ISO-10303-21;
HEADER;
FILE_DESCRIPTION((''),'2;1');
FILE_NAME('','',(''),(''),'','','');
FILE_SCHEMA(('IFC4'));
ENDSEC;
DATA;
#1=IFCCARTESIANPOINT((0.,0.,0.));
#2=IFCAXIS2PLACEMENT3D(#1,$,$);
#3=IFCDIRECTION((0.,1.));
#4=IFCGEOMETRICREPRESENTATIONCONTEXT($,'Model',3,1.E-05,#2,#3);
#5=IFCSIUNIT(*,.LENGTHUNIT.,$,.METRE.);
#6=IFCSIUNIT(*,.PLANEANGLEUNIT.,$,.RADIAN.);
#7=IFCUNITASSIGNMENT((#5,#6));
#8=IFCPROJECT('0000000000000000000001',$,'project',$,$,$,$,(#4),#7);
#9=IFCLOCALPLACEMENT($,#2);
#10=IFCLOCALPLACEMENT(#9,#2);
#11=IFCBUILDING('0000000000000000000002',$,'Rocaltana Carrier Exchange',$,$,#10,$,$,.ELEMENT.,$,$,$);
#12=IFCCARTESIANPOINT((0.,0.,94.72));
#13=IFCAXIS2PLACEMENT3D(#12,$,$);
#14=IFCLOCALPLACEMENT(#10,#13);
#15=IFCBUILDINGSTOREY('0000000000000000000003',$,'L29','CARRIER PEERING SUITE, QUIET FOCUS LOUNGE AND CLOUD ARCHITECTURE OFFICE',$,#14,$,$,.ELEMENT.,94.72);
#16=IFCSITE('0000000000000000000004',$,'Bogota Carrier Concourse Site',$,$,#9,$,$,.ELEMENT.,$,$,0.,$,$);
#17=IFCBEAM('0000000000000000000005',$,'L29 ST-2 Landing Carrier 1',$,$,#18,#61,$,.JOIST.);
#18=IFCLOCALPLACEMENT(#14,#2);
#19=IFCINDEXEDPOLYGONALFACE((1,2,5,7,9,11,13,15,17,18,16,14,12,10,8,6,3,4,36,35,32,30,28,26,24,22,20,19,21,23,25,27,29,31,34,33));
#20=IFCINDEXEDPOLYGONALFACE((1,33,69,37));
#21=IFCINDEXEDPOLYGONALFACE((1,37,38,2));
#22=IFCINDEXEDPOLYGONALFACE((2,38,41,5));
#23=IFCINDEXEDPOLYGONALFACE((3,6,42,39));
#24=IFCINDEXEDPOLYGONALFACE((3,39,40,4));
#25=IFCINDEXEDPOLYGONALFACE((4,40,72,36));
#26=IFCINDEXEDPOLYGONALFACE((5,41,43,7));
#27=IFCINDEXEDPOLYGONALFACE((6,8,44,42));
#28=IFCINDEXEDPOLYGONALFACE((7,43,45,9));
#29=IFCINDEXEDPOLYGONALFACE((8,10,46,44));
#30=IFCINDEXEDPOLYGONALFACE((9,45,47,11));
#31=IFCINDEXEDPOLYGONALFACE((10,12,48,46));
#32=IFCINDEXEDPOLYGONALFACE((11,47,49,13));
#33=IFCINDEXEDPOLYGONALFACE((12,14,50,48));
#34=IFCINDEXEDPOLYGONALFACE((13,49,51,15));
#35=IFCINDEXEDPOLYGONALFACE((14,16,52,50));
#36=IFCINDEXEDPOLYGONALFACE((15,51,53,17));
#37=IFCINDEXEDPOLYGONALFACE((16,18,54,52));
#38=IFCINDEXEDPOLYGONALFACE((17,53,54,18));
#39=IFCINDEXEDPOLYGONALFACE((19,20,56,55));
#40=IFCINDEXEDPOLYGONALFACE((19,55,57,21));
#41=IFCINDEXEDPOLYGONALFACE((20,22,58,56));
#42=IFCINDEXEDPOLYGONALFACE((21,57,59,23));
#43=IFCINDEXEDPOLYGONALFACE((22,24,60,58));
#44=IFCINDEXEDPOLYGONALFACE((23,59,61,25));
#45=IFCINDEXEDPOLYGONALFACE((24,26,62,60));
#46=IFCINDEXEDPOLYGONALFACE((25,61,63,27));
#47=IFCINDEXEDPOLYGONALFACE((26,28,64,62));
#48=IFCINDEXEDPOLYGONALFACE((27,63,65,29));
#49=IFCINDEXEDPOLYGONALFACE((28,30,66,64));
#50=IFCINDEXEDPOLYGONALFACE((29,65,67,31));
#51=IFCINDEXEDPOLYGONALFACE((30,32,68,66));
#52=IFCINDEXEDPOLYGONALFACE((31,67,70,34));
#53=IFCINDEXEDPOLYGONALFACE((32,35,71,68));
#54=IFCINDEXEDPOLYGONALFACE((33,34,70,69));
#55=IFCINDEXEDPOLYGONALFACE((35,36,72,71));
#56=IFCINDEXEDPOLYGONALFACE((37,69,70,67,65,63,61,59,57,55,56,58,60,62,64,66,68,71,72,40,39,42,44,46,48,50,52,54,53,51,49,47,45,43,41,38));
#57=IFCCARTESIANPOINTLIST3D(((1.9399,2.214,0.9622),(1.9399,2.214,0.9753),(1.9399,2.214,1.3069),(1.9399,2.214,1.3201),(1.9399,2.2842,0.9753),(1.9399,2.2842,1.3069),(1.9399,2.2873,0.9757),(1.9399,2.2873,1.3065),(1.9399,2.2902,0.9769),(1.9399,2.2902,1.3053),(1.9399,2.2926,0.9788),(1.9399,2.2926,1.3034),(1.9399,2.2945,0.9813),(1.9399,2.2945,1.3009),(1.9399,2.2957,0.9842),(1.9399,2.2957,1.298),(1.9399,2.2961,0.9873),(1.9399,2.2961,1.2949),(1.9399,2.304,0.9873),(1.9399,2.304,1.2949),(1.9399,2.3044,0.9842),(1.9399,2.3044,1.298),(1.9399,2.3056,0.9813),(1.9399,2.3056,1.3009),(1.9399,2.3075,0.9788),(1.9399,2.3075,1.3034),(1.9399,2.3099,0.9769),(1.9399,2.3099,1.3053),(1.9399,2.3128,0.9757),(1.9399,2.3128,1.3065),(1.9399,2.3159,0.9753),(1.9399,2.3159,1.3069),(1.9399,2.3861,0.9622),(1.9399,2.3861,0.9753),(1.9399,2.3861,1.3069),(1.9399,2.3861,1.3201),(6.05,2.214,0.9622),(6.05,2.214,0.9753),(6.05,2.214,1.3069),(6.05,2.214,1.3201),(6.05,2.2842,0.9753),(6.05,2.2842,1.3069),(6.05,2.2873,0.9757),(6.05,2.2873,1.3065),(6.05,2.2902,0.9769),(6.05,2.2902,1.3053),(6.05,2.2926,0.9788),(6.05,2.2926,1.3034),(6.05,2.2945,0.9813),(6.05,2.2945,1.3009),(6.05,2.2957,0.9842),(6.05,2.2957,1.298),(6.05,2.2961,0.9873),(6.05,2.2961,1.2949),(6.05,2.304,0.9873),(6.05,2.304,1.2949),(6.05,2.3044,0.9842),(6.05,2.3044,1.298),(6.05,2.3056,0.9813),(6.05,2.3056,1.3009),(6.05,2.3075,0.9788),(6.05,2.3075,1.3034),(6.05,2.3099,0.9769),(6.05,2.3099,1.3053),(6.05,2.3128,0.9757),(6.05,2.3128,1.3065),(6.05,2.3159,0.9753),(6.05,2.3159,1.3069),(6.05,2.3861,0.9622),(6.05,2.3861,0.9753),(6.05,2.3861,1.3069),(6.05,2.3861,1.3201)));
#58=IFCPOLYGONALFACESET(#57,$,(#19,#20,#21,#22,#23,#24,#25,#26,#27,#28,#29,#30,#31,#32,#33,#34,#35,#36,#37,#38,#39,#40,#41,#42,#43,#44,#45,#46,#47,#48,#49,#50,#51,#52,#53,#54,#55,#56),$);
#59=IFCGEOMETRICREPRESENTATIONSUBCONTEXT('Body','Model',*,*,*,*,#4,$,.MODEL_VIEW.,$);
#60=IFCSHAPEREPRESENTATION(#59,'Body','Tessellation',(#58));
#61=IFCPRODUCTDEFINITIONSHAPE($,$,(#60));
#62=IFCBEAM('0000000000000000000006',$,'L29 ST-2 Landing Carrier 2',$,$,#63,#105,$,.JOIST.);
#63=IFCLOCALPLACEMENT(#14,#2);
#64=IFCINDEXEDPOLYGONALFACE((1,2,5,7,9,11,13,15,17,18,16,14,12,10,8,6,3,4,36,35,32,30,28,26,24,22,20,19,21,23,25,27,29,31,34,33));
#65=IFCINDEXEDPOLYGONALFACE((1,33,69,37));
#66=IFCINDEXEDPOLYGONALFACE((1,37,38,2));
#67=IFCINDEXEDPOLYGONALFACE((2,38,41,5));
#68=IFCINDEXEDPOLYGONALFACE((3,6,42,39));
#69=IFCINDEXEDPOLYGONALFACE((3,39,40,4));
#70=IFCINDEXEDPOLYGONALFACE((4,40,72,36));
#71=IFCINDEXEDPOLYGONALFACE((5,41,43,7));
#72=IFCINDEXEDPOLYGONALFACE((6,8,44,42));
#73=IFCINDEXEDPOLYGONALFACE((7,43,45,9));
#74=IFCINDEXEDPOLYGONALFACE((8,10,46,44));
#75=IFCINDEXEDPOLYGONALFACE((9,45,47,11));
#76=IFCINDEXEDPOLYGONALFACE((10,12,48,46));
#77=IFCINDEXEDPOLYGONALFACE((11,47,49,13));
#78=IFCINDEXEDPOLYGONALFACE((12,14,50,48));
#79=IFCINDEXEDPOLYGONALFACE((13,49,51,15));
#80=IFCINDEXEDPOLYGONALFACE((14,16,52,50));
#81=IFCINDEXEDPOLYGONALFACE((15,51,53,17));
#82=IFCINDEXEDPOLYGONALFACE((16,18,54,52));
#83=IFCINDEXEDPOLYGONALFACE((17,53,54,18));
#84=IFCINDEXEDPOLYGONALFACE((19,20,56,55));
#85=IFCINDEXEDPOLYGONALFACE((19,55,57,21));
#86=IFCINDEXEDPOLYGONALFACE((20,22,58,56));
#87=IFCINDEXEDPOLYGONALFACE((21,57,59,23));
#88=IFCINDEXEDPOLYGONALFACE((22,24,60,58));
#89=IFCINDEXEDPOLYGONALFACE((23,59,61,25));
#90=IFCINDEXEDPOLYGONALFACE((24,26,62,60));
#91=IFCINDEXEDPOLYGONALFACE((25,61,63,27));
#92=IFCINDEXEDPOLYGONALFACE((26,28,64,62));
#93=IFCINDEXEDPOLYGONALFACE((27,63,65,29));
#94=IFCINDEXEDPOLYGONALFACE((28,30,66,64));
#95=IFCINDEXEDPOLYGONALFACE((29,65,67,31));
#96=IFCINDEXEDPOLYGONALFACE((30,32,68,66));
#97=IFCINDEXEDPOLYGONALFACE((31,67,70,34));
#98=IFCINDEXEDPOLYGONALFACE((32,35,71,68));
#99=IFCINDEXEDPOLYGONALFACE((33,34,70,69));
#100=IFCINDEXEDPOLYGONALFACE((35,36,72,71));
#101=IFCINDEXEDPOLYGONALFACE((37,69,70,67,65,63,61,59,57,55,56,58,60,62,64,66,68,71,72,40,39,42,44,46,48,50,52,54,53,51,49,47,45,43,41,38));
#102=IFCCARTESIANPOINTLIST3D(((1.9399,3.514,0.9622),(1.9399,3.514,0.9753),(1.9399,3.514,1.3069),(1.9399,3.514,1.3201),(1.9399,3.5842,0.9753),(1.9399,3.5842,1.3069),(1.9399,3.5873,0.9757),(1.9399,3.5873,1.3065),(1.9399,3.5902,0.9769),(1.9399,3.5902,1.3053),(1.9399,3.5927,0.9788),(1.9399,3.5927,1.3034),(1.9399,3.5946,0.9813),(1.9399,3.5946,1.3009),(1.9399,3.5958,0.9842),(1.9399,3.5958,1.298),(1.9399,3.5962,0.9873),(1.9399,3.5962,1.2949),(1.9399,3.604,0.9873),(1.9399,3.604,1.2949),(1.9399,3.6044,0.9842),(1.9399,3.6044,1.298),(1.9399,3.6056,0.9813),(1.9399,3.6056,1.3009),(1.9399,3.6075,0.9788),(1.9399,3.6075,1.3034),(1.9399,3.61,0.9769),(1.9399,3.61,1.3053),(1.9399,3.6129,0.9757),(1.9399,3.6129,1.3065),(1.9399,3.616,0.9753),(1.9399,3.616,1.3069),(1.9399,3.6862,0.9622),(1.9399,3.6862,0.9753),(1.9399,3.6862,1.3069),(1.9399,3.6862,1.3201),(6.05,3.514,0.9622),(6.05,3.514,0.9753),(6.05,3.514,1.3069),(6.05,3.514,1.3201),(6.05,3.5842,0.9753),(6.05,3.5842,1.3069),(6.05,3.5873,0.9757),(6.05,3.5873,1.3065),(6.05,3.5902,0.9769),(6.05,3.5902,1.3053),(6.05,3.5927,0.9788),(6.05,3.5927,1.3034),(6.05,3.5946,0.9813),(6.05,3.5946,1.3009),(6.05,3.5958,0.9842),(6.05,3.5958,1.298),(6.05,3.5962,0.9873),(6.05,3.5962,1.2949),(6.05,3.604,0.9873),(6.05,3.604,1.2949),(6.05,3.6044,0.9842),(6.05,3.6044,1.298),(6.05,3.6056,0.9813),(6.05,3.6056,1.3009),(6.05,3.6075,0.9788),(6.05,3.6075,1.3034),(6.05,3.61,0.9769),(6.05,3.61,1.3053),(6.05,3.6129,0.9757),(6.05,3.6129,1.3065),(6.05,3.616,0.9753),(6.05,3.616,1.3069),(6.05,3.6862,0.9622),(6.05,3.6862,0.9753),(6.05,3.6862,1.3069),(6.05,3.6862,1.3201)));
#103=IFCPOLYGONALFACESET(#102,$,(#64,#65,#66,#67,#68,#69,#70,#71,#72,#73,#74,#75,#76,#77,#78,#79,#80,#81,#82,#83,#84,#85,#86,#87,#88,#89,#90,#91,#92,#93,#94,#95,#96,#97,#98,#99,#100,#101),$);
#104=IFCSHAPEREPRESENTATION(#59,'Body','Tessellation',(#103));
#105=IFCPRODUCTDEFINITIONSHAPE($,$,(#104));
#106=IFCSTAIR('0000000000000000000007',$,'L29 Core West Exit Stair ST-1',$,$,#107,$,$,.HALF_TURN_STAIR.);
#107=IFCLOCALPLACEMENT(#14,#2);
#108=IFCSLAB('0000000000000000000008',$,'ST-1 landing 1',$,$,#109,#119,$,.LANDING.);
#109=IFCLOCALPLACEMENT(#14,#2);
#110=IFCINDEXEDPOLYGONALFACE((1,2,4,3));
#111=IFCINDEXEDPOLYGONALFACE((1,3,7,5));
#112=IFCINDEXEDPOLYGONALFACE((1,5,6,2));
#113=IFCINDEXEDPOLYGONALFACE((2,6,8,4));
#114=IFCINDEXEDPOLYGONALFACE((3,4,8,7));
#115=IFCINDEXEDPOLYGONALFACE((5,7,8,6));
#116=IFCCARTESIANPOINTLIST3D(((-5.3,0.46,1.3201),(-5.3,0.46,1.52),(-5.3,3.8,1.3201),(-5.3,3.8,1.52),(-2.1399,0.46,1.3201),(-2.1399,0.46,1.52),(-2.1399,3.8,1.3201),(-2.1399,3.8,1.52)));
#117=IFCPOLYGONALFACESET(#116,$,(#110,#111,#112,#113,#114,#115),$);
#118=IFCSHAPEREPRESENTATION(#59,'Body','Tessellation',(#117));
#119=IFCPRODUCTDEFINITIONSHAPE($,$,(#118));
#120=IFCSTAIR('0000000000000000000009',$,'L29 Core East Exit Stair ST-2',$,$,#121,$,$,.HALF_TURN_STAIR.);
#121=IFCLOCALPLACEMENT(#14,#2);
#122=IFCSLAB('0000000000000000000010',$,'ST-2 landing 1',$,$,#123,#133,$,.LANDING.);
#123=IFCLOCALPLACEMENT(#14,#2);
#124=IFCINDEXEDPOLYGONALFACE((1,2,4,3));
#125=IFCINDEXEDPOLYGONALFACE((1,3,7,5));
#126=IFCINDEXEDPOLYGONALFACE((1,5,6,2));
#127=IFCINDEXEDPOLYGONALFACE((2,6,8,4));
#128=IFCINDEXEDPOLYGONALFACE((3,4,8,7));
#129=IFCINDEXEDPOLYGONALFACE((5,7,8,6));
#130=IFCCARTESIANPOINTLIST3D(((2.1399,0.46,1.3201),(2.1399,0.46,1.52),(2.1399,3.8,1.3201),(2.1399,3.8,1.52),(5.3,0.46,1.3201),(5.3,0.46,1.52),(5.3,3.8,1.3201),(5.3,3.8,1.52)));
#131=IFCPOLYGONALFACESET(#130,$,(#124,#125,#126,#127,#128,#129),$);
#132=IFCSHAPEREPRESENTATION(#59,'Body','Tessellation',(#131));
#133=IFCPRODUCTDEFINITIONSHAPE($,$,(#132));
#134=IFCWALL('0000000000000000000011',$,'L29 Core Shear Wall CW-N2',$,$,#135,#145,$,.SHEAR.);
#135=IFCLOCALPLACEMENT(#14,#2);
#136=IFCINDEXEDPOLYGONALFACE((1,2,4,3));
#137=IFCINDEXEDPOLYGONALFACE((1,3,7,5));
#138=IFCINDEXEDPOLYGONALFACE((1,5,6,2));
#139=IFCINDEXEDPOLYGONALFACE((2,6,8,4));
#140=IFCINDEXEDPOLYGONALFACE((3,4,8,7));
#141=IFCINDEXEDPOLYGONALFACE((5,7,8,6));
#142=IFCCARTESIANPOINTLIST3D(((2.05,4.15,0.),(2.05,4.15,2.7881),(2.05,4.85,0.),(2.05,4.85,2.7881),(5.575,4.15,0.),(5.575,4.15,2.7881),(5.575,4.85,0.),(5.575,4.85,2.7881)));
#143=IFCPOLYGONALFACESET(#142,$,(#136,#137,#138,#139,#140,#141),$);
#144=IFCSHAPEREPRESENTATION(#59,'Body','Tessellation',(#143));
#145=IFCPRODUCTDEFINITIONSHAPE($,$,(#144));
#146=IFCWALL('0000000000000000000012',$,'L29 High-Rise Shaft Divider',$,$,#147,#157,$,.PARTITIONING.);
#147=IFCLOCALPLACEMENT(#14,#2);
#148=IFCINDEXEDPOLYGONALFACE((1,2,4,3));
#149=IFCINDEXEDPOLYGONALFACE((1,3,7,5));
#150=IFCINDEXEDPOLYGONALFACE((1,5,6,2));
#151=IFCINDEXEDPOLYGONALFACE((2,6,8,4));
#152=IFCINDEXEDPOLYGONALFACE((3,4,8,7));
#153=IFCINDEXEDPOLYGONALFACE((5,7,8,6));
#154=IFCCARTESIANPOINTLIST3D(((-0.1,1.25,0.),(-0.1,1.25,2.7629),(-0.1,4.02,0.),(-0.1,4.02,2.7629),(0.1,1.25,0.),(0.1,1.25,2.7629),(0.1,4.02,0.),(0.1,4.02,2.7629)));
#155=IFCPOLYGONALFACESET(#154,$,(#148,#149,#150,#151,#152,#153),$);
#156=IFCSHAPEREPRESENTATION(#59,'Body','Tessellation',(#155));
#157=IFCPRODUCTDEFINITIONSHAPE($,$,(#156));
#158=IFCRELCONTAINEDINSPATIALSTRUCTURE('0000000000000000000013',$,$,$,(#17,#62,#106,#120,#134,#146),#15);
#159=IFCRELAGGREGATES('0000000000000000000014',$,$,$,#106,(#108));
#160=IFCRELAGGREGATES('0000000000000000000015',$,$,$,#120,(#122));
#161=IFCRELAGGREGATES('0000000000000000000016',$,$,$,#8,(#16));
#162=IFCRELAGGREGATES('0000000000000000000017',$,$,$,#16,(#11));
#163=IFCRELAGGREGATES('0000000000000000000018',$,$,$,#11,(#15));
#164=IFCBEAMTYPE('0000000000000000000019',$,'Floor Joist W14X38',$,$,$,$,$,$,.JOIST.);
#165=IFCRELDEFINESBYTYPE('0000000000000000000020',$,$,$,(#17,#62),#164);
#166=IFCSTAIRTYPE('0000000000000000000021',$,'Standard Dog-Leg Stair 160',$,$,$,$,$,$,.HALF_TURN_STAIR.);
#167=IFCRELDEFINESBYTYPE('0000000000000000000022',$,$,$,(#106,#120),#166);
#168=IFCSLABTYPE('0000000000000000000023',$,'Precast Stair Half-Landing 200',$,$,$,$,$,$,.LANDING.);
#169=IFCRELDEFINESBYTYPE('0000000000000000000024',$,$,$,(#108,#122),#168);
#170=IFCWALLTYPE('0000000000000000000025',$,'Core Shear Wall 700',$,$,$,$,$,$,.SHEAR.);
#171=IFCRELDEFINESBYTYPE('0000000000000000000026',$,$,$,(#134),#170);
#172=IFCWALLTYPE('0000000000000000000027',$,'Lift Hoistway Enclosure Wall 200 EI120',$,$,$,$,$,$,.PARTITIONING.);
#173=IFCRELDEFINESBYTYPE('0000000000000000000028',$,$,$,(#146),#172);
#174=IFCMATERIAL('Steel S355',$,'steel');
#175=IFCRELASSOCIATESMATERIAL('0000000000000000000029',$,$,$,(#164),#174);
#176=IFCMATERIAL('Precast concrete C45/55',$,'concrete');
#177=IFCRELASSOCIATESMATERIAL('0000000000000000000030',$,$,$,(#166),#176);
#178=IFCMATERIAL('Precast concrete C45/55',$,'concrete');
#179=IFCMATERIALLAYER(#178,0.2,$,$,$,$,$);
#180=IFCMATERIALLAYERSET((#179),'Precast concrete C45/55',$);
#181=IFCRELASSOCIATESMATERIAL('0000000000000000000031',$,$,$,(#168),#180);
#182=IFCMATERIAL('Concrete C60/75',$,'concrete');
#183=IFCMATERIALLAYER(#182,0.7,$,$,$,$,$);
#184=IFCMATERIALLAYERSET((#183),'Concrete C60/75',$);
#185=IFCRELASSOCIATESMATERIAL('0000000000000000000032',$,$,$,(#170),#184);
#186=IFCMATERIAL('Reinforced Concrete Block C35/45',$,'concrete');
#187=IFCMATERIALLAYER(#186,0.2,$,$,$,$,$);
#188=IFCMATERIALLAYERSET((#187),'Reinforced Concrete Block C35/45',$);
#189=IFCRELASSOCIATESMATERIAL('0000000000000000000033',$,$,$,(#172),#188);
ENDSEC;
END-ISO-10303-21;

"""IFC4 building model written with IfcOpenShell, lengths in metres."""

from ifc_helpers import new_model, si_unit, direction, frame, frame_2d, origin, origin_2d, place, context, subcontext, project, spatial, polyline, rectangle, i_section, outline, extrude, material, layer, layer_set, material_profile, profile_set, type_object, element, aggregate, save


model = new_model("IFC4")

# Units and contexts
model_context = context("Model", 3, precision=1e-05, world=origin(), true_north=direction((0.0, 1.0)))
body_context = subcontext(model_context, "Body", "Model", "MODEL_VIEW")
ifc_project = project(units=[si_unit("LENGTHUNIT", "METRE"), si_unit("PLANEANGLEUNIT", "RADIAN")], contexts=[model_context])

# Site, building, storey
site_placement = place(None, origin())
site = spatial("IfcSite", under=ifc_project, at=site_placement, Name="Bogota Carrier Concourse Site", CompositionType="ELEMENT", RefElevation=0.0)
building_placement = place(site_placement, origin())
building = spatial("IfcBuilding", under=site, at=building_placement, Name="Rocaltana Carrier Exchange", CompositionType="ELEMENT")
storey_placement = place(building_placement, frame((0.0, 0.0, 94.72)))
storey = spatial("IfcBuildingStorey", under=building, at=storey_placement, Name="L29", Description="CARRIER PEERING SUITE, QUIET FOCUS LOUNGE AND CLOUD ARCHITECTURE OFFICE", CompositionType="ELEMENT", Elevation=94.72)

# Beams
ifc_material_1 = material(Name="Steel S355", Category="steel")
ifc_material_profile = material_profile(ifc_material_1, i_section(OverallWidth=0.1721, OverallDepth=0.3579, WebThickness=0.0078, FlangeThickness=0.0132, FilletRadius=0.012, at=origin_2d()), Name="W14X38")
ifc_profile_set = profile_set([ifc_material_profile], Name="Steel S355")
beam_type = type_object("IfcBeamType", Name="Floor Joist W14X38", PredefinedType="JOIST", material=ifc_profile_set)
for number, where, z_axis, x_axis, name in (
    (1, (1.9399, 2.3, 1.1411), (1.0, 0.0, 0.0), (0.0, 1.0, 0.0), "L29 ST-2 Landing Carrier 1"),
    (2, (1.9399, 3.6001, 1.1411), (1.0, 0.0, 0.0), (0.0, 1.0, 0.0), "L29 ST-2 Landing Carrier 2"),
):
    element("IfcBeam", number, at=place(storey_placement, frame(where, z_axis=z_axis, x_axis=x_axis)), inside=storey, type_object=beam_type, Name=name, PredefinedType="JOIST", context=body_context, shape_type="SweptSolid", body=[
        extrude(i_section(OverallWidth=0.1721, OverallDepth=0.3579, WebThickness=0.0078, FlangeThickness=0.0132, FilletRadius=0.012, at=origin_2d()), origin(), (0.0, 0.0, 1.0), 4.1101),
    ])

# Stairs, slabs
ifc_material_2 = material(Name="Precast concrete C45/55", Category="concrete")
stair_type = type_object("IfcStairType", Name="Standard Dog-Leg Stair 160", PredefinedType="HALF_TURN_STAIR", material=ifc_material_2)
stair_1_placement = place(storey_placement, origin())
stair_1 = element("IfcStair", 3, at=stair_1_placement, inside=storey, type_object=stair_type, Name="L29 Core West Exit Stair ST-1", PredefinedType="HALF_TURN_STAIR")
ifc_material_3 = material(Name="Precast concrete C45/55", Category="concrete")
ifc_layer_1 = layer(ifc_material_3, 0.2)
ifc_layer_set_1 = layer_set([ifc_layer_1], Name="Precast concrete C45/55")
slab_type = type_object("IfcSlabType", Name="Precast Stair Half-Landing 200", PredefinedType="LANDING", material=ifc_layer_set_1)
slab_1_placement = place(storey_placement, frame((0.0, 0.0, 1.3201)))
slab_1 = element("IfcSlab", 4, at=slab_1_placement, type_object=slab_type, Name="ST-1 landing 1", PredefinedType="LANDING", context=body_context, shape_type="SweptSolid", body=[
    extrude(outline(polyline([(-2.1399, 0.46), (-2.1399, 3.8), (-5.3, 3.8), (-5.3, 0.46), (-2.1399, 0.46)])), origin(), (0.0, 0.0, 1.0), 0.2),
])
aggregate(stair_1, [slab_1])
stair_2_placement = place(storey_placement, origin())
stair_2 = element("IfcStair", 5, at=stair_2_placement, inside=storey, type_object=stair_type, Name="L29 Core East Exit Stair ST-2", PredefinedType="HALF_TURN_STAIR")
slab_2_placement = place(storey_placement, frame((0.0, 0.0, 1.3201)))
slab_2 = element("IfcSlab", 6, at=slab_2_placement, type_object=slab_type, Name="ST-2 landing 1", PredefinedType="LANDING", context=body_context, shape_type="SweptSolid", body=[
    extrude(outline(polyline([(5.3, 0.46), (5.3, 3.8), (2.1399, 3.8), (2.1399, 0.46), (5.3, 0.46)])), origin(), (0.0, 0.0, 1.0), 0.2),
])
aggregate(stair_2, [slab_2])

# Walls
ifc_material_4 = material(Name="Concrete C60/75", Category="concrete")
ifc_layer_2 = layer(ifc_material_4, 0.7)
ifc_layer_set_2 = layer_set([ifc_layer_2], Name="Concrete C60/75")
wall_type_1 = type_object("IfcWallType", Name="Core Shear Wall 700", PredefinedType="SHEAR", material=ifc_layer_set_2)
wall_1_placement = place(storey_placement, frame((2.05, 4.5, 0.0), z_axis=(0.0, 0.0, 1.0), x_axis=(1.0, 0.0, 0.0)))
element("IfcWall", 7, at=wall_1_placement, inside=storey, type_object=wall_type_1, Name="L29 Core Shear Wall CW-N2", PredefinedType="SHEAR", context=body_context, shape_type="SweptSolid", body=[
    extrude(rectangle(XDim=3.5249, YDim=0.7, at=frame_2d((1.7625, 0.0))), origin(), (0.0, 0.0, 1.0), 2.7881),
])
ifc_material_5 = material(Name="Reinforced Concrete Block C35/45", Category="concrete")
ifc_layer_3 = layer(ifc_material_5, 0.2)
ifc_layer_set_3 = layer_set([ifc_layer_3], Name="Reinforced Concrete Block C35/45")
wall_type_2 = type_object("IfcWallType", Name="Lift Hoistway Enclosure Wall 200 EI120", PredefinedType="PARTITIONING", material=ifc_layer_set_3)
wall_2_placement = place(storey_placement, frame((0.0, 1.25, 0.0), z_axis=(0.0, 0.0, 1.0), x_axis=(0.0, 1.0, 0.0)))
element("IfcWall", 8, at=wall_2_placement, inside=storey, type_object=wall_type_2, Name="L29 High-Rise Shaft Divider", PredefinedType="PARTITIONING", context=body_context, shape_type="SweptSolid", body=[
    extrude(rectangle(XDim=2.77, YDim=0.2, at=frame_2d((1.385, 0.0))), origin(), (0.0, 0.0, 1.0), 2.7629),
])

save(model, "model.ifc")
